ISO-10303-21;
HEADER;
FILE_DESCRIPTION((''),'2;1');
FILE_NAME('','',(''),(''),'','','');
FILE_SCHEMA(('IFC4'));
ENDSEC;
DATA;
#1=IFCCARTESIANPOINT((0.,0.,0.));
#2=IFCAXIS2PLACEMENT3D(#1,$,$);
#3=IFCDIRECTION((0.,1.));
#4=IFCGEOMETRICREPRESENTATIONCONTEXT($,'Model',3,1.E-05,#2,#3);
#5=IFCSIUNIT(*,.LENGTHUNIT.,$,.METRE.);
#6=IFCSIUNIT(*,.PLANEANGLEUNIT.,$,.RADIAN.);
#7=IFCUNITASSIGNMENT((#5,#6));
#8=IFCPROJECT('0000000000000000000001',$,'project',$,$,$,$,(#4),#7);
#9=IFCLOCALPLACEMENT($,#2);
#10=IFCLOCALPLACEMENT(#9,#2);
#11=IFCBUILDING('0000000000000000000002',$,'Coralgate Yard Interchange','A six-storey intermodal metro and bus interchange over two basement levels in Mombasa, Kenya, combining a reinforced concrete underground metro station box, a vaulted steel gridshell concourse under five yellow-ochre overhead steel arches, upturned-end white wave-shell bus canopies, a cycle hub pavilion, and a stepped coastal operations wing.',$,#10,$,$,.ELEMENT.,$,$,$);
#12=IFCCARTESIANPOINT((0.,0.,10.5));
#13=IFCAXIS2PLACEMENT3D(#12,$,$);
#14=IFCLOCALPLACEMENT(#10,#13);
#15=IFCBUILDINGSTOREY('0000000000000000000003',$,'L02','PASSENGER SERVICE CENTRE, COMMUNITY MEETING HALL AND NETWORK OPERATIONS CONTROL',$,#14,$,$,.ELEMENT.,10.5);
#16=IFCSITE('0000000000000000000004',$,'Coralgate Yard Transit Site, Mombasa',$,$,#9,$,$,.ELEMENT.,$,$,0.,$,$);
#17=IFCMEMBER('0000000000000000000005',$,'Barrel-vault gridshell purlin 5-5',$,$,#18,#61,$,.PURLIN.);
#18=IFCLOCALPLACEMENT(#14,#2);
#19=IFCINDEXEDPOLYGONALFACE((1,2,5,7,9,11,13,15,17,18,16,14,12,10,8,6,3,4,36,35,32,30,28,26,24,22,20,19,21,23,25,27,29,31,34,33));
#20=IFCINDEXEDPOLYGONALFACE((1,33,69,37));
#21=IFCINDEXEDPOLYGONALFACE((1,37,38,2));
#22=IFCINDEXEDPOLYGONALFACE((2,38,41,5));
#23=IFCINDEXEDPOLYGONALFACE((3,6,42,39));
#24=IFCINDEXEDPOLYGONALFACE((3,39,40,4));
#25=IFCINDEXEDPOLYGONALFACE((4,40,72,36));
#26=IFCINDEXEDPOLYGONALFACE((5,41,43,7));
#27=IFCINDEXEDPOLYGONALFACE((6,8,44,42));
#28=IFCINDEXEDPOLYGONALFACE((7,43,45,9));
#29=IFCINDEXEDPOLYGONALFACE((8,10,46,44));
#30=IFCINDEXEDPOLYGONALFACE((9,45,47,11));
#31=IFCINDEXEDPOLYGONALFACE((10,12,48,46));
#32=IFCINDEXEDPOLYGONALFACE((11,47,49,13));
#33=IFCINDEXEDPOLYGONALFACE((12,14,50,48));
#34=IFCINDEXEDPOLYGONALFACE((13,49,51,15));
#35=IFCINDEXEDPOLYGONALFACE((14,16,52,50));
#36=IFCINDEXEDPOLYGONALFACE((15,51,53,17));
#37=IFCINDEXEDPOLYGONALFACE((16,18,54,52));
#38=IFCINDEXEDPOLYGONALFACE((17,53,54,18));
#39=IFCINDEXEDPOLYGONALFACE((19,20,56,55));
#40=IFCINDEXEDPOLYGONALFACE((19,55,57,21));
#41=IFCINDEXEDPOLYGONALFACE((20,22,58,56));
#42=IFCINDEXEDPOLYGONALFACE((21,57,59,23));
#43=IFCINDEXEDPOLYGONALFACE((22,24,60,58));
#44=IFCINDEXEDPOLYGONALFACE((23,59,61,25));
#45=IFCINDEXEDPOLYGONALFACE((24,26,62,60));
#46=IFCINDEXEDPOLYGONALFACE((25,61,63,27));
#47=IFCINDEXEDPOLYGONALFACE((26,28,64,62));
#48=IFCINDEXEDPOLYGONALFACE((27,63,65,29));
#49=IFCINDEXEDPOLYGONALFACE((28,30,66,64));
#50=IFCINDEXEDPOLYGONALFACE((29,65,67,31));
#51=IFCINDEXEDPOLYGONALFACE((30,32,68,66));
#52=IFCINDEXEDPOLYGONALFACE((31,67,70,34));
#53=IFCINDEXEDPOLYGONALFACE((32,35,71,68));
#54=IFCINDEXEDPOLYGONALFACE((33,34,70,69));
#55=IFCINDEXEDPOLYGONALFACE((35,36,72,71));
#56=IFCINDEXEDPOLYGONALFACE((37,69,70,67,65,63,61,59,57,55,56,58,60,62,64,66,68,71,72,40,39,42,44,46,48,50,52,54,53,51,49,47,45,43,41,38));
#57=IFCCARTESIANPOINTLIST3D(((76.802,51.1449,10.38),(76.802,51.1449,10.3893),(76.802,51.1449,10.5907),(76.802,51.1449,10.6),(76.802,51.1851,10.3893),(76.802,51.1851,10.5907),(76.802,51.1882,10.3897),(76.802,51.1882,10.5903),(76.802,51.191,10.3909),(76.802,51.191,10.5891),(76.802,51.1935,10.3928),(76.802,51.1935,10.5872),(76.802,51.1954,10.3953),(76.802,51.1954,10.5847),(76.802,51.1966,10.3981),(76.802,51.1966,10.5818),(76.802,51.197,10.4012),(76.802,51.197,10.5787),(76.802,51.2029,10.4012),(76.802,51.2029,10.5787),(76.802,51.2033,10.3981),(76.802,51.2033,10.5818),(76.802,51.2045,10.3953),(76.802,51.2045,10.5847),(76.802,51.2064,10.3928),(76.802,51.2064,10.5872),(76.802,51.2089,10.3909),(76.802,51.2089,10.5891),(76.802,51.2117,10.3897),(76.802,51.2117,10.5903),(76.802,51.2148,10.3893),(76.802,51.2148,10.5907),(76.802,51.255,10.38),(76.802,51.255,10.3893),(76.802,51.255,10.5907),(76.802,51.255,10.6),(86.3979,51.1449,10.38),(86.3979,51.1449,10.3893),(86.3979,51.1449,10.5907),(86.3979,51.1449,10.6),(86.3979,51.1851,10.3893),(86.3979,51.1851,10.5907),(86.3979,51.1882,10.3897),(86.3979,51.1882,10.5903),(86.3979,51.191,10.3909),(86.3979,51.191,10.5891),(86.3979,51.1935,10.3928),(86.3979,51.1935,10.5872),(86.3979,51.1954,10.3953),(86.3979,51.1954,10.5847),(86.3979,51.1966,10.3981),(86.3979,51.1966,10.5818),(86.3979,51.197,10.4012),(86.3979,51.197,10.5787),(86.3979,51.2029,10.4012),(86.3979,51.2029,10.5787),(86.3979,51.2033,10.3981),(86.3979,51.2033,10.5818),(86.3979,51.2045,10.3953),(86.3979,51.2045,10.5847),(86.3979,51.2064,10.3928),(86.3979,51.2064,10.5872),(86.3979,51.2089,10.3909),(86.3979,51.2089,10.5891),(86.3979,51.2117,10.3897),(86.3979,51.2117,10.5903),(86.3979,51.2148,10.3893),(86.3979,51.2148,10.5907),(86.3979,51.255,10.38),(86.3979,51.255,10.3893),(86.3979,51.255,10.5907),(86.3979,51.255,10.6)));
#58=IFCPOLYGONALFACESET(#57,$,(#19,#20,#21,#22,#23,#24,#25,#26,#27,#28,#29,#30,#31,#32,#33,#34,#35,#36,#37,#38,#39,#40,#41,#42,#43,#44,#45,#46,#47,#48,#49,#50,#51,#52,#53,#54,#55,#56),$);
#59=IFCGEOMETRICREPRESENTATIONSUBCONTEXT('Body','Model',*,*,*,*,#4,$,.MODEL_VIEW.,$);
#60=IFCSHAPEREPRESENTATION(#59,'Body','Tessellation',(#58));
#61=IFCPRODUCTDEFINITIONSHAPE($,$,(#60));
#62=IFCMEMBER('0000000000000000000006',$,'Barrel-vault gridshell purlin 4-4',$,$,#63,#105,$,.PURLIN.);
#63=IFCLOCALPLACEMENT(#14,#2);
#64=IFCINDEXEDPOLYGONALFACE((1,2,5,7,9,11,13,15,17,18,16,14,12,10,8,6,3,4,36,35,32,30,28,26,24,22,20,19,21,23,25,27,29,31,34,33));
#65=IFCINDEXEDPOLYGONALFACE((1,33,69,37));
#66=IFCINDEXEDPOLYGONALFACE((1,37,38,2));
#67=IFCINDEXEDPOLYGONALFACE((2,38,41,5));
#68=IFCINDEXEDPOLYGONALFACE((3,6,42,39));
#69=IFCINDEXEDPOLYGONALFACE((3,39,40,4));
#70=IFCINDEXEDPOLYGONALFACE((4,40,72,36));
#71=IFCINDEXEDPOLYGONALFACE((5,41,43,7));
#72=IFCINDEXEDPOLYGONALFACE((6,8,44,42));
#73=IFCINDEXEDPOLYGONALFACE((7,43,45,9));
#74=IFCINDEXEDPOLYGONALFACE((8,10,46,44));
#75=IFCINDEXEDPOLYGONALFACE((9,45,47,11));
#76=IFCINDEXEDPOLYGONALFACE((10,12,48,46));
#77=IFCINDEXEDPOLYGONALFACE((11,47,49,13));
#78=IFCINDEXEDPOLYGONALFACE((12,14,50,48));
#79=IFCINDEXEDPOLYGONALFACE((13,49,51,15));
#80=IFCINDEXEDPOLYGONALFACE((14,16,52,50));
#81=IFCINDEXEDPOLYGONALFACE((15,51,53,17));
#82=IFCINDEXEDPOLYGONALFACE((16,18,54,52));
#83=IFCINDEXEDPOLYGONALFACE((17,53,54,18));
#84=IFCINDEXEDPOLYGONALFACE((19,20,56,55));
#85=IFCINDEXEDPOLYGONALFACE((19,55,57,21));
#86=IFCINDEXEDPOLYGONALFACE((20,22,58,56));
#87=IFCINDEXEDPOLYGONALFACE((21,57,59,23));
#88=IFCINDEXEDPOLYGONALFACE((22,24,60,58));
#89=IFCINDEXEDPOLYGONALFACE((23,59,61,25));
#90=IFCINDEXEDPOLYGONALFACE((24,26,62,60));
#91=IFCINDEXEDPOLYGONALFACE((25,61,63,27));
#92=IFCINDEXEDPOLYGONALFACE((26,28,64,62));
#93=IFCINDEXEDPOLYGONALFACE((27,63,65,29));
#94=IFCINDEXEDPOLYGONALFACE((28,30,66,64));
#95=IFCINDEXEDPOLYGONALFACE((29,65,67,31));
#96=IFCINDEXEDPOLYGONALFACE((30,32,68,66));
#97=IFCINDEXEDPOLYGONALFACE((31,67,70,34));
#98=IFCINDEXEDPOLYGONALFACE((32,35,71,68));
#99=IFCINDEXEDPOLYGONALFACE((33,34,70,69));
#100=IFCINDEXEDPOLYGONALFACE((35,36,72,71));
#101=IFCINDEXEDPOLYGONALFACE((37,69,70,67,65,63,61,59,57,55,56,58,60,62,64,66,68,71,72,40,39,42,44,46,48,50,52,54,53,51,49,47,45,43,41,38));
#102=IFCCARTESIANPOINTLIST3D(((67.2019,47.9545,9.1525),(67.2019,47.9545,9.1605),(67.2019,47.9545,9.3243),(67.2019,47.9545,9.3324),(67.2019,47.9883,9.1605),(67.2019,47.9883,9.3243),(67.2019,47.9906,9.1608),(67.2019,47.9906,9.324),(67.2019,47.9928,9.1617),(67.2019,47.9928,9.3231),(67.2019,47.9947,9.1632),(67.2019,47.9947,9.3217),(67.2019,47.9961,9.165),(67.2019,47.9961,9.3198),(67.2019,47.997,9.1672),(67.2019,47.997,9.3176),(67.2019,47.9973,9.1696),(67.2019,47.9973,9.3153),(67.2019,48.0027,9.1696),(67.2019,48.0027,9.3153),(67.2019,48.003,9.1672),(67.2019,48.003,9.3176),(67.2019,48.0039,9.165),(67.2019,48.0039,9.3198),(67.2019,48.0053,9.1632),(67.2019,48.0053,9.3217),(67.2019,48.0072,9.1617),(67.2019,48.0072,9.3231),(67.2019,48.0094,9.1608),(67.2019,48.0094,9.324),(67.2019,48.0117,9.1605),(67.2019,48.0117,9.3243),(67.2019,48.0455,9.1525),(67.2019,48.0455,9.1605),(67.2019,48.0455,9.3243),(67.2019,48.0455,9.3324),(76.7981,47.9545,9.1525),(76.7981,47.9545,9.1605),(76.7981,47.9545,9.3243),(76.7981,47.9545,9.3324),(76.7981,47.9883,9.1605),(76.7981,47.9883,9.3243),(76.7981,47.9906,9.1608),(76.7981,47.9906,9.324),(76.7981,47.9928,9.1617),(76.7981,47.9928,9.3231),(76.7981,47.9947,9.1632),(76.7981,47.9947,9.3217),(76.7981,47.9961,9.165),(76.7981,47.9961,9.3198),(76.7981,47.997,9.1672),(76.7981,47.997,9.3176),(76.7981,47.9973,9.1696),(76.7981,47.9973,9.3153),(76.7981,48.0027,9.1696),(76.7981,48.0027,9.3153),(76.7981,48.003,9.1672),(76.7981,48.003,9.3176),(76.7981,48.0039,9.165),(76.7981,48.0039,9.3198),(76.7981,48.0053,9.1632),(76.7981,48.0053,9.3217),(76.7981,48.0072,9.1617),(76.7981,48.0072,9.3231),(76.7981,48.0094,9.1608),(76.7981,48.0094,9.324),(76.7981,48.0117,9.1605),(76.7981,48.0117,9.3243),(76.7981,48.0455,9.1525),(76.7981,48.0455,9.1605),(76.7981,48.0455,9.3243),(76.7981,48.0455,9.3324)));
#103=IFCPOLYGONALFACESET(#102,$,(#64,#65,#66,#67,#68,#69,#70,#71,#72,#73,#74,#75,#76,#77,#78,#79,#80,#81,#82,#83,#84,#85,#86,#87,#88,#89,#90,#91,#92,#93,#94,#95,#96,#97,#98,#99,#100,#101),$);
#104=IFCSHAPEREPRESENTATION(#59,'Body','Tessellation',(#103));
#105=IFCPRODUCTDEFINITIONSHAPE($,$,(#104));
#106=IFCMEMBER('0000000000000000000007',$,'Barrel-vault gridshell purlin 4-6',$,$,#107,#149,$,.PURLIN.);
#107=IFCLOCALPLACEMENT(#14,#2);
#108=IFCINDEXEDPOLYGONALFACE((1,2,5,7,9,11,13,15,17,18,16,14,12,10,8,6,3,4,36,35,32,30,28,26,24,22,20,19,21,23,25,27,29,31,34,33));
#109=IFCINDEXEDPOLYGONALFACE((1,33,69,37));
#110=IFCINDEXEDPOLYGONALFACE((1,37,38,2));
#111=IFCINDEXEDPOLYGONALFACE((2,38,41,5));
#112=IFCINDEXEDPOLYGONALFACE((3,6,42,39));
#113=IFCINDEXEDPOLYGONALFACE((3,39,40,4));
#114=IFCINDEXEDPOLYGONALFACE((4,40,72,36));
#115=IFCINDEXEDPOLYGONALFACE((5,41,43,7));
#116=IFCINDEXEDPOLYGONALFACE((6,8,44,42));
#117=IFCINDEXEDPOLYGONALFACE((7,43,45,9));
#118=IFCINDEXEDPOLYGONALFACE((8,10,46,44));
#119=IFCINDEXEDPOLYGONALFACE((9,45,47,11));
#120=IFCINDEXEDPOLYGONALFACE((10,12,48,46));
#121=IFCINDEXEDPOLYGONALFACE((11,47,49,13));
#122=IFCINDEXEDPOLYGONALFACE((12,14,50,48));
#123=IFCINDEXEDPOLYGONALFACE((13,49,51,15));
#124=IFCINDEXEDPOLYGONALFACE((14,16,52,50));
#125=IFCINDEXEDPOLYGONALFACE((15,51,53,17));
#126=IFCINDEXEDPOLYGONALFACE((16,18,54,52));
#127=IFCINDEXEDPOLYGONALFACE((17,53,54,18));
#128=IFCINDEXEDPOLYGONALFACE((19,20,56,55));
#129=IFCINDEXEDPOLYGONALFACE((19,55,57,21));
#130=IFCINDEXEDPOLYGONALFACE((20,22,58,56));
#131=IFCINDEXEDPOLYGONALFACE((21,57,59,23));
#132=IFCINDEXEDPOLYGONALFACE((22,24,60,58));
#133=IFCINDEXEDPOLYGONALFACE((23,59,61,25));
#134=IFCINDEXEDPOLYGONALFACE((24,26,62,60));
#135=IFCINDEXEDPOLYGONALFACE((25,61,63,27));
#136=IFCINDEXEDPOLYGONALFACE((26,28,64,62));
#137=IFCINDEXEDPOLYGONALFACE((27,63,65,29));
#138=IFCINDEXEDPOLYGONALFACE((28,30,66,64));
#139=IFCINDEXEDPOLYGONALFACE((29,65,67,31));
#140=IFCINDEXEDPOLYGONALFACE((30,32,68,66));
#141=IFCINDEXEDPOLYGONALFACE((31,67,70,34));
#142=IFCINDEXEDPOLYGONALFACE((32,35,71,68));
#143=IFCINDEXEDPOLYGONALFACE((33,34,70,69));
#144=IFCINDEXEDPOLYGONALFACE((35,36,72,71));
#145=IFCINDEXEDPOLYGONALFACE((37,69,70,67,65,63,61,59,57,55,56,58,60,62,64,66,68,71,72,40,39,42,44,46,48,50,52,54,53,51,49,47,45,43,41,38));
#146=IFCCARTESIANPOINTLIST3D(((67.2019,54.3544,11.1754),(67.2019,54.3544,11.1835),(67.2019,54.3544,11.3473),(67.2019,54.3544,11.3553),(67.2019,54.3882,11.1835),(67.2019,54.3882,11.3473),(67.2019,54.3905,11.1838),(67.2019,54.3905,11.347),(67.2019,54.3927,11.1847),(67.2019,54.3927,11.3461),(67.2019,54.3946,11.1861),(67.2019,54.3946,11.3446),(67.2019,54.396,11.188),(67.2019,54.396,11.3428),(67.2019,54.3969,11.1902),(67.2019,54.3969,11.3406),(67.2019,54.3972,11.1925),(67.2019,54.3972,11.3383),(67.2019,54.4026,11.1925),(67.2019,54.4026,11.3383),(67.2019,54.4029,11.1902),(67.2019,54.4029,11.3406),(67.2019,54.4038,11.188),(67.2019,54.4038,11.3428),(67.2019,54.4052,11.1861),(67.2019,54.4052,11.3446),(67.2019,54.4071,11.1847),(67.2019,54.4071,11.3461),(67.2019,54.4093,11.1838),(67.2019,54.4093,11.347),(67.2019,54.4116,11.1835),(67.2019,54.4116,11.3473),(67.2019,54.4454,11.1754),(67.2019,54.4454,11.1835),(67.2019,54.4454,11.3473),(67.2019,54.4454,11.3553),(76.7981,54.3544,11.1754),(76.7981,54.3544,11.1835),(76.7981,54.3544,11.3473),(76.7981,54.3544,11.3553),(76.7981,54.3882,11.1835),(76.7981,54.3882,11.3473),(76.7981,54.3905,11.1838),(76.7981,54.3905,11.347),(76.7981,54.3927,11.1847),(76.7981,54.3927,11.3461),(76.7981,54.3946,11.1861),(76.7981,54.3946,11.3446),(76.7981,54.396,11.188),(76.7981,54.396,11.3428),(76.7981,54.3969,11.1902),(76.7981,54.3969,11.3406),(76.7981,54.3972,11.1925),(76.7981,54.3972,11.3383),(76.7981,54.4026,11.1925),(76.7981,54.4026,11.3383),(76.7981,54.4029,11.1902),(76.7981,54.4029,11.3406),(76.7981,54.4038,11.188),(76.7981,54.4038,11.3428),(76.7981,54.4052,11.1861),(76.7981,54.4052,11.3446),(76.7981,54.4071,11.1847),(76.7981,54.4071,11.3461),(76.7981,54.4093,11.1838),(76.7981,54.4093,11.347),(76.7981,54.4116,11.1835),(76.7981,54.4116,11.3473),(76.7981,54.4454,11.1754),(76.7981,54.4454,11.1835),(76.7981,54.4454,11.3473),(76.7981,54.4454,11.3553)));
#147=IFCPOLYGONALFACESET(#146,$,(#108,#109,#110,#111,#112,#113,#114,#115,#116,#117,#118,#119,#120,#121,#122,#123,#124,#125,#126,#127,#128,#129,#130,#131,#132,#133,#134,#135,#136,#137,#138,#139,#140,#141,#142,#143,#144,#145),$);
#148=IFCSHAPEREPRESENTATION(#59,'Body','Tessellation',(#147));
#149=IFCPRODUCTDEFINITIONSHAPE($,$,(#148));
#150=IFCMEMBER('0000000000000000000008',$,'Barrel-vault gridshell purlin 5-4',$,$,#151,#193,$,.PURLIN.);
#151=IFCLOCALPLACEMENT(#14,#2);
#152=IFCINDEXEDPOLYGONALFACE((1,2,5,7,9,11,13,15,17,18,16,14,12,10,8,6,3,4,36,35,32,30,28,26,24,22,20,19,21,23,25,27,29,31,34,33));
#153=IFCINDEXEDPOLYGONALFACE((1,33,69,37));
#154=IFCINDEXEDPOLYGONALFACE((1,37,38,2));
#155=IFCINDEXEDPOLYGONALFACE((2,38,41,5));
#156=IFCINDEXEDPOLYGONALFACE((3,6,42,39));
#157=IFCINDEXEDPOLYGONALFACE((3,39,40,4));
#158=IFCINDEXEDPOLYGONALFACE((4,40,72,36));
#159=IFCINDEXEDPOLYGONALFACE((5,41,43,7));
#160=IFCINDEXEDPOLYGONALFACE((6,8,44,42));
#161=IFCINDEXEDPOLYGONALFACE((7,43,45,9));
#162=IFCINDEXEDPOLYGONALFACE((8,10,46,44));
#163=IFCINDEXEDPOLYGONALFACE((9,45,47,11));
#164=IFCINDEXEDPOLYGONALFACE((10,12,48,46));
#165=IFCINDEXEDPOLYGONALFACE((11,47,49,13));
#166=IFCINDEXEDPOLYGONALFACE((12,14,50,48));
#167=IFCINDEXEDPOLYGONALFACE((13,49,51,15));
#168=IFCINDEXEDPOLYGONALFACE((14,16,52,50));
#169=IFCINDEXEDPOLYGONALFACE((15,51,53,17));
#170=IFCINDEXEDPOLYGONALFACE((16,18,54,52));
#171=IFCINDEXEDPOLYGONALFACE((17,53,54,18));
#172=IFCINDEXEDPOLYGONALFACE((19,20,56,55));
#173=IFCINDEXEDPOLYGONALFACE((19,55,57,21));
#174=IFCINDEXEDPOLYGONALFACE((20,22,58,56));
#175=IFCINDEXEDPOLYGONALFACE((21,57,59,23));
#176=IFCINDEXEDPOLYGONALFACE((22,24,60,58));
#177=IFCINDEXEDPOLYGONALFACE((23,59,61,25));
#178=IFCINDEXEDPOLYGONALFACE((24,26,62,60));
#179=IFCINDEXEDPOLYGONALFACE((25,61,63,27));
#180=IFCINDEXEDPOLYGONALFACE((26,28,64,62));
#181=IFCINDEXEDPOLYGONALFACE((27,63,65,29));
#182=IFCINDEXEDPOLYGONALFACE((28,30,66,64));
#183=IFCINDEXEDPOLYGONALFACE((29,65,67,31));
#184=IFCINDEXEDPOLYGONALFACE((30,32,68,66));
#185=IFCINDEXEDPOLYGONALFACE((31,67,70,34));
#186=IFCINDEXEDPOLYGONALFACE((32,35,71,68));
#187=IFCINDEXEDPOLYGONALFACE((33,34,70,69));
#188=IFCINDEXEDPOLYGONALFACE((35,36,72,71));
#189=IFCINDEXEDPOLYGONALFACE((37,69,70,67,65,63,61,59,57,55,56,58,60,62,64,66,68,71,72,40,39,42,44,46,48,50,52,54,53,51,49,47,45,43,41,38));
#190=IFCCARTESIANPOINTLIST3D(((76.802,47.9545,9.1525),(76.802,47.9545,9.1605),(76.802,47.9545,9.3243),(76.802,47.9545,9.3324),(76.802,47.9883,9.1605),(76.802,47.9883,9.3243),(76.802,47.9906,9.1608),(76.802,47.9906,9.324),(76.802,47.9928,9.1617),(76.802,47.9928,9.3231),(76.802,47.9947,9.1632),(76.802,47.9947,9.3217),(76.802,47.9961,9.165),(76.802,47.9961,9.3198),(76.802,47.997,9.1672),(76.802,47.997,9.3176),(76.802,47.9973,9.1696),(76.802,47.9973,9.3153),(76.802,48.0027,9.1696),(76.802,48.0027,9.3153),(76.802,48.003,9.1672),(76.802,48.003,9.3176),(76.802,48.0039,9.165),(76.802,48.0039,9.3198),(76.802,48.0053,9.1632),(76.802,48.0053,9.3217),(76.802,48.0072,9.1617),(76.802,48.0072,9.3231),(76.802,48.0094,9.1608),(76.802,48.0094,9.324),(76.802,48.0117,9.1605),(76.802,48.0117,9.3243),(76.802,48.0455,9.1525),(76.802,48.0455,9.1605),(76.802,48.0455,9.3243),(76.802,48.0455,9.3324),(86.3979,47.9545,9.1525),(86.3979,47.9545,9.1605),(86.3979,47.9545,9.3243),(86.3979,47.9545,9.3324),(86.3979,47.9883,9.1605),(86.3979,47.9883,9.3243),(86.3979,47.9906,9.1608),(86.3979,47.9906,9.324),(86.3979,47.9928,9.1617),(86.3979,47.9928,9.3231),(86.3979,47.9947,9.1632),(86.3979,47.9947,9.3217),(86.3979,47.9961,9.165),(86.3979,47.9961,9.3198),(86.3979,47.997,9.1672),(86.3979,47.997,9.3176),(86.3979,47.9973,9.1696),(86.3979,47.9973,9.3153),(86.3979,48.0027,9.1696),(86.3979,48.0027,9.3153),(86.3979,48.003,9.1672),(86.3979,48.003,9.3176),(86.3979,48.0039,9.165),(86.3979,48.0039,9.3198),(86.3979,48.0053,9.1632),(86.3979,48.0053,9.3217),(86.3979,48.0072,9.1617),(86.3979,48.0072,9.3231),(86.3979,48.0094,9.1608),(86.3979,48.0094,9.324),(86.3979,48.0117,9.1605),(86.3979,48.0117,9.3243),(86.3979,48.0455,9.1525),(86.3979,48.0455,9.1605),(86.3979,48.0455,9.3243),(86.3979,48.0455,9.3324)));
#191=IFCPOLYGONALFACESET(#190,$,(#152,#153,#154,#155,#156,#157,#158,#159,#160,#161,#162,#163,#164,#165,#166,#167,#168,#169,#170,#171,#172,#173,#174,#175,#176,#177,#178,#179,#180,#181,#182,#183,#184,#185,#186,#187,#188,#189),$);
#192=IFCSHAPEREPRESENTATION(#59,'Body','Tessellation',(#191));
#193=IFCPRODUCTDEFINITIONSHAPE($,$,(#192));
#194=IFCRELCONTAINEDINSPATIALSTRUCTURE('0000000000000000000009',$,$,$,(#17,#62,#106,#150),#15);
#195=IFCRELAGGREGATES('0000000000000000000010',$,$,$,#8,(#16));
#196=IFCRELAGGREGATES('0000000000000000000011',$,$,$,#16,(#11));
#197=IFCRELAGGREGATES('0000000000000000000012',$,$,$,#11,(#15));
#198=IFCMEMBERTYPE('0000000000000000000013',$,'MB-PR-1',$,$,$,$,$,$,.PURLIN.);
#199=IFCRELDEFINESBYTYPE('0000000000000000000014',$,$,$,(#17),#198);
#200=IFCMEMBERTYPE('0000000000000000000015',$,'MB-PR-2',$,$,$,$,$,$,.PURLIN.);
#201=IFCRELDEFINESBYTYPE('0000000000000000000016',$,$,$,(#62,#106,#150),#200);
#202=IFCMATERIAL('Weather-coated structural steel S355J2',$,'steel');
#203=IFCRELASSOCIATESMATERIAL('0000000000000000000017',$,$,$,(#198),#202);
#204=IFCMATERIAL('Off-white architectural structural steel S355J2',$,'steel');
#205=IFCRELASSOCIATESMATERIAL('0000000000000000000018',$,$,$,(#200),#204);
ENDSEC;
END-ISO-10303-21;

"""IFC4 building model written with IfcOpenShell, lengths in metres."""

from ifc_helpers import new_model, si_unit, direction, frame, origin, origin_2d, place, context, subcontext, project, spatial, i_section, extrude, material, material_profile, profile_set, type_object, element, save


model = new_model("IFC4")

# Units and contexts
model_context = context("Model", 3, precision=1e-05, world=origin(), true_north=direction((0.0, 1.0)))
body_context = subcontext(model_context, "Body", "Model", "MODEL_VIEW")
ifc_project = project(units=[si_unit("LENGTHUNIT", "METRE"), si_unit("PLANEANGLEUNIT", "RADIAN")], contexts=[model_context])

# Site, building, storey
site_placement = place(None, origin())
site = spatial("IfcSite", under=ifc_project, at=site_placement, Name="Coralgate Yard Transit Site, Mombasa", CompositionType="ELEMENT", RefElevation=0.0)
building_placement = place(site_placement, origin())
building = spatial("IfcBuilding", under=site, at=building_placement, Name="Coralgate Yard Interchange", Description="A six-storey intermodal metro and bus interchange over two basement levels in Mombasa, Kenya, combining a reinforced concrete underground metro station box, a vaulted steel gridshell concourse under five yellow-ochre overhead steel arches, upturned-end white wave-shell bus canopies, a cycle hub pavilion, and a stepped coastal operations wing.", CompositionType="ELEMENT")
storey_placement = place(building_placement, frame((0.0, 0.0, 10.5)))
storey = spatial("IfcBuildingStorey", under=building, at=storey_placement, Name="L02", Description="PASSENGER SERVICE CENTRE, COMMUNITY MEETING HALL AND NETWORK OPERATIONS CONTROL", CompositionType="ELEMENT", Elevation=10.5)

# Shared definitions
ifc_material_1 = material(Name="Weather-coated structural steel S355J2", Category="steel")

# Members
ifc_material_profile_1 = material_profile(ifc_material_1, i_section(OverallWidth=0.1101, OverallDepth=0.22, WebThickness=0.0059, FlangeThickness=0.0093, FilletRadius=0.012, at=origin_2d()), Name="IPE 220")
ifc_profile_set_1 = profile_set([ifc_material_profile_1], Name="Weather-coated structural steel S355J2")
member_type_1 = type_object("IfcMemberType", Name="MB-PR-1", PredefinedType="PURLIN", material=ifc_profile_set_1)
member_1_placement = place(storey_placement, frame((76.802, 51.2, 10.49), z_axis=(1.0, 0.0, 0.0), x_axis=(0.0, 1.0, 0.0)))
element("IfcMember", 1, at=member_1_placement, inside=storey, type_object=member_type_1, Name="Barrel-vault gridshell purlin 5-5", PredefinedType="PURLIN", context=body_context, shape_type="SweptSolid", body=[
    extrude(i_section(OverallWidth=0.1101, OverallDepth=0.22, WebThickness=0.0059, FlangeThickness=0.0093, FilletRadius=0.012, at=origin_2d()), origin(), (0.0, 0.0, 1.0), 9.5959),
])
ifc_material_2 = material(Name="Off-white architectural structural steel S355J2", Category="steel")
ifc_material_profile_2 = material_profile(ifc_material_2, i_section(OverallWidth=0.0911, OverallDepth=0.1799, WebThickness=0.0054, FlangeThickness=0.0081, FilletRadius=0.009, at=origin_2d()), Name="IPE 180")
ifc_profile_set_2 = profile_set([ifc_material_profile_2], Name="Off-white architectural structural steel S355J2")
member_type_2 = type_object("IfcMemberType", Name="MB-PR-2", PredefinedType="PURLIN", material=ifc_profile_set_2)
for number, where, z_axis, x_axis, name in (
    (2, (67.2019, 48.0, 9.2424), (1.0, 0.0, 0.0), (0.0, 1.0, 0.0), "Barrel-vault gridshell purlin 4-4"),
    (3, (67.2019, 54.3999, 11.2654), (1.0, 0.0, 0.0), (0.0, 1.0, 0.0), "Barrel-vault gridshell purlin 4-6"),
):
    element("IfcMember", number, at=place(storey_placement, frame(where, z_axis=z_axis, x_axis=x_axis)), inside=storey, type_object=member_type_2, Name=name, PredefinedType="PURLIN", context=body_context, shape_type="SweptSolid", body=[
        extrude(i_section(OverallWidth=0.0911, OverallDepth=0.1799, WebThickness=0.0054, FlangeThickness=0.0081, FilletRadius=0.009, at=origin_2d()), origin(), (0.0, 0.0, 1.0), 9.5962),
    ])
for number, where, z_axis, x_axis, name in (
    (4, (76.802, 48.0, 9.2424), (1.0, 0.0, 0.0), (0.0, 1.0, 0.0), "Barrel-vault gridshell purlin 5-4"),
):
    element("IfcMember", number, at=place(storey_placement, frame(where, z_axis=z_axis, x_axis=x_axis)), inside=storey, type_object=member_type_2, Name=name, PredefinedType="PURLIN", context=body_context, shape_type="SweptSolid", body=[
        extrude(i_section(OverallWidth=0.0911, OverallDepth=0.1799, WebThickness=0.0054, FlangeThickness=0.0081, FilletRadius=0.009, at=origin_2d()), origin(), (0.0, 0.0, 1.0), 9.5959),
    ])

save(model, "model.ifc")
